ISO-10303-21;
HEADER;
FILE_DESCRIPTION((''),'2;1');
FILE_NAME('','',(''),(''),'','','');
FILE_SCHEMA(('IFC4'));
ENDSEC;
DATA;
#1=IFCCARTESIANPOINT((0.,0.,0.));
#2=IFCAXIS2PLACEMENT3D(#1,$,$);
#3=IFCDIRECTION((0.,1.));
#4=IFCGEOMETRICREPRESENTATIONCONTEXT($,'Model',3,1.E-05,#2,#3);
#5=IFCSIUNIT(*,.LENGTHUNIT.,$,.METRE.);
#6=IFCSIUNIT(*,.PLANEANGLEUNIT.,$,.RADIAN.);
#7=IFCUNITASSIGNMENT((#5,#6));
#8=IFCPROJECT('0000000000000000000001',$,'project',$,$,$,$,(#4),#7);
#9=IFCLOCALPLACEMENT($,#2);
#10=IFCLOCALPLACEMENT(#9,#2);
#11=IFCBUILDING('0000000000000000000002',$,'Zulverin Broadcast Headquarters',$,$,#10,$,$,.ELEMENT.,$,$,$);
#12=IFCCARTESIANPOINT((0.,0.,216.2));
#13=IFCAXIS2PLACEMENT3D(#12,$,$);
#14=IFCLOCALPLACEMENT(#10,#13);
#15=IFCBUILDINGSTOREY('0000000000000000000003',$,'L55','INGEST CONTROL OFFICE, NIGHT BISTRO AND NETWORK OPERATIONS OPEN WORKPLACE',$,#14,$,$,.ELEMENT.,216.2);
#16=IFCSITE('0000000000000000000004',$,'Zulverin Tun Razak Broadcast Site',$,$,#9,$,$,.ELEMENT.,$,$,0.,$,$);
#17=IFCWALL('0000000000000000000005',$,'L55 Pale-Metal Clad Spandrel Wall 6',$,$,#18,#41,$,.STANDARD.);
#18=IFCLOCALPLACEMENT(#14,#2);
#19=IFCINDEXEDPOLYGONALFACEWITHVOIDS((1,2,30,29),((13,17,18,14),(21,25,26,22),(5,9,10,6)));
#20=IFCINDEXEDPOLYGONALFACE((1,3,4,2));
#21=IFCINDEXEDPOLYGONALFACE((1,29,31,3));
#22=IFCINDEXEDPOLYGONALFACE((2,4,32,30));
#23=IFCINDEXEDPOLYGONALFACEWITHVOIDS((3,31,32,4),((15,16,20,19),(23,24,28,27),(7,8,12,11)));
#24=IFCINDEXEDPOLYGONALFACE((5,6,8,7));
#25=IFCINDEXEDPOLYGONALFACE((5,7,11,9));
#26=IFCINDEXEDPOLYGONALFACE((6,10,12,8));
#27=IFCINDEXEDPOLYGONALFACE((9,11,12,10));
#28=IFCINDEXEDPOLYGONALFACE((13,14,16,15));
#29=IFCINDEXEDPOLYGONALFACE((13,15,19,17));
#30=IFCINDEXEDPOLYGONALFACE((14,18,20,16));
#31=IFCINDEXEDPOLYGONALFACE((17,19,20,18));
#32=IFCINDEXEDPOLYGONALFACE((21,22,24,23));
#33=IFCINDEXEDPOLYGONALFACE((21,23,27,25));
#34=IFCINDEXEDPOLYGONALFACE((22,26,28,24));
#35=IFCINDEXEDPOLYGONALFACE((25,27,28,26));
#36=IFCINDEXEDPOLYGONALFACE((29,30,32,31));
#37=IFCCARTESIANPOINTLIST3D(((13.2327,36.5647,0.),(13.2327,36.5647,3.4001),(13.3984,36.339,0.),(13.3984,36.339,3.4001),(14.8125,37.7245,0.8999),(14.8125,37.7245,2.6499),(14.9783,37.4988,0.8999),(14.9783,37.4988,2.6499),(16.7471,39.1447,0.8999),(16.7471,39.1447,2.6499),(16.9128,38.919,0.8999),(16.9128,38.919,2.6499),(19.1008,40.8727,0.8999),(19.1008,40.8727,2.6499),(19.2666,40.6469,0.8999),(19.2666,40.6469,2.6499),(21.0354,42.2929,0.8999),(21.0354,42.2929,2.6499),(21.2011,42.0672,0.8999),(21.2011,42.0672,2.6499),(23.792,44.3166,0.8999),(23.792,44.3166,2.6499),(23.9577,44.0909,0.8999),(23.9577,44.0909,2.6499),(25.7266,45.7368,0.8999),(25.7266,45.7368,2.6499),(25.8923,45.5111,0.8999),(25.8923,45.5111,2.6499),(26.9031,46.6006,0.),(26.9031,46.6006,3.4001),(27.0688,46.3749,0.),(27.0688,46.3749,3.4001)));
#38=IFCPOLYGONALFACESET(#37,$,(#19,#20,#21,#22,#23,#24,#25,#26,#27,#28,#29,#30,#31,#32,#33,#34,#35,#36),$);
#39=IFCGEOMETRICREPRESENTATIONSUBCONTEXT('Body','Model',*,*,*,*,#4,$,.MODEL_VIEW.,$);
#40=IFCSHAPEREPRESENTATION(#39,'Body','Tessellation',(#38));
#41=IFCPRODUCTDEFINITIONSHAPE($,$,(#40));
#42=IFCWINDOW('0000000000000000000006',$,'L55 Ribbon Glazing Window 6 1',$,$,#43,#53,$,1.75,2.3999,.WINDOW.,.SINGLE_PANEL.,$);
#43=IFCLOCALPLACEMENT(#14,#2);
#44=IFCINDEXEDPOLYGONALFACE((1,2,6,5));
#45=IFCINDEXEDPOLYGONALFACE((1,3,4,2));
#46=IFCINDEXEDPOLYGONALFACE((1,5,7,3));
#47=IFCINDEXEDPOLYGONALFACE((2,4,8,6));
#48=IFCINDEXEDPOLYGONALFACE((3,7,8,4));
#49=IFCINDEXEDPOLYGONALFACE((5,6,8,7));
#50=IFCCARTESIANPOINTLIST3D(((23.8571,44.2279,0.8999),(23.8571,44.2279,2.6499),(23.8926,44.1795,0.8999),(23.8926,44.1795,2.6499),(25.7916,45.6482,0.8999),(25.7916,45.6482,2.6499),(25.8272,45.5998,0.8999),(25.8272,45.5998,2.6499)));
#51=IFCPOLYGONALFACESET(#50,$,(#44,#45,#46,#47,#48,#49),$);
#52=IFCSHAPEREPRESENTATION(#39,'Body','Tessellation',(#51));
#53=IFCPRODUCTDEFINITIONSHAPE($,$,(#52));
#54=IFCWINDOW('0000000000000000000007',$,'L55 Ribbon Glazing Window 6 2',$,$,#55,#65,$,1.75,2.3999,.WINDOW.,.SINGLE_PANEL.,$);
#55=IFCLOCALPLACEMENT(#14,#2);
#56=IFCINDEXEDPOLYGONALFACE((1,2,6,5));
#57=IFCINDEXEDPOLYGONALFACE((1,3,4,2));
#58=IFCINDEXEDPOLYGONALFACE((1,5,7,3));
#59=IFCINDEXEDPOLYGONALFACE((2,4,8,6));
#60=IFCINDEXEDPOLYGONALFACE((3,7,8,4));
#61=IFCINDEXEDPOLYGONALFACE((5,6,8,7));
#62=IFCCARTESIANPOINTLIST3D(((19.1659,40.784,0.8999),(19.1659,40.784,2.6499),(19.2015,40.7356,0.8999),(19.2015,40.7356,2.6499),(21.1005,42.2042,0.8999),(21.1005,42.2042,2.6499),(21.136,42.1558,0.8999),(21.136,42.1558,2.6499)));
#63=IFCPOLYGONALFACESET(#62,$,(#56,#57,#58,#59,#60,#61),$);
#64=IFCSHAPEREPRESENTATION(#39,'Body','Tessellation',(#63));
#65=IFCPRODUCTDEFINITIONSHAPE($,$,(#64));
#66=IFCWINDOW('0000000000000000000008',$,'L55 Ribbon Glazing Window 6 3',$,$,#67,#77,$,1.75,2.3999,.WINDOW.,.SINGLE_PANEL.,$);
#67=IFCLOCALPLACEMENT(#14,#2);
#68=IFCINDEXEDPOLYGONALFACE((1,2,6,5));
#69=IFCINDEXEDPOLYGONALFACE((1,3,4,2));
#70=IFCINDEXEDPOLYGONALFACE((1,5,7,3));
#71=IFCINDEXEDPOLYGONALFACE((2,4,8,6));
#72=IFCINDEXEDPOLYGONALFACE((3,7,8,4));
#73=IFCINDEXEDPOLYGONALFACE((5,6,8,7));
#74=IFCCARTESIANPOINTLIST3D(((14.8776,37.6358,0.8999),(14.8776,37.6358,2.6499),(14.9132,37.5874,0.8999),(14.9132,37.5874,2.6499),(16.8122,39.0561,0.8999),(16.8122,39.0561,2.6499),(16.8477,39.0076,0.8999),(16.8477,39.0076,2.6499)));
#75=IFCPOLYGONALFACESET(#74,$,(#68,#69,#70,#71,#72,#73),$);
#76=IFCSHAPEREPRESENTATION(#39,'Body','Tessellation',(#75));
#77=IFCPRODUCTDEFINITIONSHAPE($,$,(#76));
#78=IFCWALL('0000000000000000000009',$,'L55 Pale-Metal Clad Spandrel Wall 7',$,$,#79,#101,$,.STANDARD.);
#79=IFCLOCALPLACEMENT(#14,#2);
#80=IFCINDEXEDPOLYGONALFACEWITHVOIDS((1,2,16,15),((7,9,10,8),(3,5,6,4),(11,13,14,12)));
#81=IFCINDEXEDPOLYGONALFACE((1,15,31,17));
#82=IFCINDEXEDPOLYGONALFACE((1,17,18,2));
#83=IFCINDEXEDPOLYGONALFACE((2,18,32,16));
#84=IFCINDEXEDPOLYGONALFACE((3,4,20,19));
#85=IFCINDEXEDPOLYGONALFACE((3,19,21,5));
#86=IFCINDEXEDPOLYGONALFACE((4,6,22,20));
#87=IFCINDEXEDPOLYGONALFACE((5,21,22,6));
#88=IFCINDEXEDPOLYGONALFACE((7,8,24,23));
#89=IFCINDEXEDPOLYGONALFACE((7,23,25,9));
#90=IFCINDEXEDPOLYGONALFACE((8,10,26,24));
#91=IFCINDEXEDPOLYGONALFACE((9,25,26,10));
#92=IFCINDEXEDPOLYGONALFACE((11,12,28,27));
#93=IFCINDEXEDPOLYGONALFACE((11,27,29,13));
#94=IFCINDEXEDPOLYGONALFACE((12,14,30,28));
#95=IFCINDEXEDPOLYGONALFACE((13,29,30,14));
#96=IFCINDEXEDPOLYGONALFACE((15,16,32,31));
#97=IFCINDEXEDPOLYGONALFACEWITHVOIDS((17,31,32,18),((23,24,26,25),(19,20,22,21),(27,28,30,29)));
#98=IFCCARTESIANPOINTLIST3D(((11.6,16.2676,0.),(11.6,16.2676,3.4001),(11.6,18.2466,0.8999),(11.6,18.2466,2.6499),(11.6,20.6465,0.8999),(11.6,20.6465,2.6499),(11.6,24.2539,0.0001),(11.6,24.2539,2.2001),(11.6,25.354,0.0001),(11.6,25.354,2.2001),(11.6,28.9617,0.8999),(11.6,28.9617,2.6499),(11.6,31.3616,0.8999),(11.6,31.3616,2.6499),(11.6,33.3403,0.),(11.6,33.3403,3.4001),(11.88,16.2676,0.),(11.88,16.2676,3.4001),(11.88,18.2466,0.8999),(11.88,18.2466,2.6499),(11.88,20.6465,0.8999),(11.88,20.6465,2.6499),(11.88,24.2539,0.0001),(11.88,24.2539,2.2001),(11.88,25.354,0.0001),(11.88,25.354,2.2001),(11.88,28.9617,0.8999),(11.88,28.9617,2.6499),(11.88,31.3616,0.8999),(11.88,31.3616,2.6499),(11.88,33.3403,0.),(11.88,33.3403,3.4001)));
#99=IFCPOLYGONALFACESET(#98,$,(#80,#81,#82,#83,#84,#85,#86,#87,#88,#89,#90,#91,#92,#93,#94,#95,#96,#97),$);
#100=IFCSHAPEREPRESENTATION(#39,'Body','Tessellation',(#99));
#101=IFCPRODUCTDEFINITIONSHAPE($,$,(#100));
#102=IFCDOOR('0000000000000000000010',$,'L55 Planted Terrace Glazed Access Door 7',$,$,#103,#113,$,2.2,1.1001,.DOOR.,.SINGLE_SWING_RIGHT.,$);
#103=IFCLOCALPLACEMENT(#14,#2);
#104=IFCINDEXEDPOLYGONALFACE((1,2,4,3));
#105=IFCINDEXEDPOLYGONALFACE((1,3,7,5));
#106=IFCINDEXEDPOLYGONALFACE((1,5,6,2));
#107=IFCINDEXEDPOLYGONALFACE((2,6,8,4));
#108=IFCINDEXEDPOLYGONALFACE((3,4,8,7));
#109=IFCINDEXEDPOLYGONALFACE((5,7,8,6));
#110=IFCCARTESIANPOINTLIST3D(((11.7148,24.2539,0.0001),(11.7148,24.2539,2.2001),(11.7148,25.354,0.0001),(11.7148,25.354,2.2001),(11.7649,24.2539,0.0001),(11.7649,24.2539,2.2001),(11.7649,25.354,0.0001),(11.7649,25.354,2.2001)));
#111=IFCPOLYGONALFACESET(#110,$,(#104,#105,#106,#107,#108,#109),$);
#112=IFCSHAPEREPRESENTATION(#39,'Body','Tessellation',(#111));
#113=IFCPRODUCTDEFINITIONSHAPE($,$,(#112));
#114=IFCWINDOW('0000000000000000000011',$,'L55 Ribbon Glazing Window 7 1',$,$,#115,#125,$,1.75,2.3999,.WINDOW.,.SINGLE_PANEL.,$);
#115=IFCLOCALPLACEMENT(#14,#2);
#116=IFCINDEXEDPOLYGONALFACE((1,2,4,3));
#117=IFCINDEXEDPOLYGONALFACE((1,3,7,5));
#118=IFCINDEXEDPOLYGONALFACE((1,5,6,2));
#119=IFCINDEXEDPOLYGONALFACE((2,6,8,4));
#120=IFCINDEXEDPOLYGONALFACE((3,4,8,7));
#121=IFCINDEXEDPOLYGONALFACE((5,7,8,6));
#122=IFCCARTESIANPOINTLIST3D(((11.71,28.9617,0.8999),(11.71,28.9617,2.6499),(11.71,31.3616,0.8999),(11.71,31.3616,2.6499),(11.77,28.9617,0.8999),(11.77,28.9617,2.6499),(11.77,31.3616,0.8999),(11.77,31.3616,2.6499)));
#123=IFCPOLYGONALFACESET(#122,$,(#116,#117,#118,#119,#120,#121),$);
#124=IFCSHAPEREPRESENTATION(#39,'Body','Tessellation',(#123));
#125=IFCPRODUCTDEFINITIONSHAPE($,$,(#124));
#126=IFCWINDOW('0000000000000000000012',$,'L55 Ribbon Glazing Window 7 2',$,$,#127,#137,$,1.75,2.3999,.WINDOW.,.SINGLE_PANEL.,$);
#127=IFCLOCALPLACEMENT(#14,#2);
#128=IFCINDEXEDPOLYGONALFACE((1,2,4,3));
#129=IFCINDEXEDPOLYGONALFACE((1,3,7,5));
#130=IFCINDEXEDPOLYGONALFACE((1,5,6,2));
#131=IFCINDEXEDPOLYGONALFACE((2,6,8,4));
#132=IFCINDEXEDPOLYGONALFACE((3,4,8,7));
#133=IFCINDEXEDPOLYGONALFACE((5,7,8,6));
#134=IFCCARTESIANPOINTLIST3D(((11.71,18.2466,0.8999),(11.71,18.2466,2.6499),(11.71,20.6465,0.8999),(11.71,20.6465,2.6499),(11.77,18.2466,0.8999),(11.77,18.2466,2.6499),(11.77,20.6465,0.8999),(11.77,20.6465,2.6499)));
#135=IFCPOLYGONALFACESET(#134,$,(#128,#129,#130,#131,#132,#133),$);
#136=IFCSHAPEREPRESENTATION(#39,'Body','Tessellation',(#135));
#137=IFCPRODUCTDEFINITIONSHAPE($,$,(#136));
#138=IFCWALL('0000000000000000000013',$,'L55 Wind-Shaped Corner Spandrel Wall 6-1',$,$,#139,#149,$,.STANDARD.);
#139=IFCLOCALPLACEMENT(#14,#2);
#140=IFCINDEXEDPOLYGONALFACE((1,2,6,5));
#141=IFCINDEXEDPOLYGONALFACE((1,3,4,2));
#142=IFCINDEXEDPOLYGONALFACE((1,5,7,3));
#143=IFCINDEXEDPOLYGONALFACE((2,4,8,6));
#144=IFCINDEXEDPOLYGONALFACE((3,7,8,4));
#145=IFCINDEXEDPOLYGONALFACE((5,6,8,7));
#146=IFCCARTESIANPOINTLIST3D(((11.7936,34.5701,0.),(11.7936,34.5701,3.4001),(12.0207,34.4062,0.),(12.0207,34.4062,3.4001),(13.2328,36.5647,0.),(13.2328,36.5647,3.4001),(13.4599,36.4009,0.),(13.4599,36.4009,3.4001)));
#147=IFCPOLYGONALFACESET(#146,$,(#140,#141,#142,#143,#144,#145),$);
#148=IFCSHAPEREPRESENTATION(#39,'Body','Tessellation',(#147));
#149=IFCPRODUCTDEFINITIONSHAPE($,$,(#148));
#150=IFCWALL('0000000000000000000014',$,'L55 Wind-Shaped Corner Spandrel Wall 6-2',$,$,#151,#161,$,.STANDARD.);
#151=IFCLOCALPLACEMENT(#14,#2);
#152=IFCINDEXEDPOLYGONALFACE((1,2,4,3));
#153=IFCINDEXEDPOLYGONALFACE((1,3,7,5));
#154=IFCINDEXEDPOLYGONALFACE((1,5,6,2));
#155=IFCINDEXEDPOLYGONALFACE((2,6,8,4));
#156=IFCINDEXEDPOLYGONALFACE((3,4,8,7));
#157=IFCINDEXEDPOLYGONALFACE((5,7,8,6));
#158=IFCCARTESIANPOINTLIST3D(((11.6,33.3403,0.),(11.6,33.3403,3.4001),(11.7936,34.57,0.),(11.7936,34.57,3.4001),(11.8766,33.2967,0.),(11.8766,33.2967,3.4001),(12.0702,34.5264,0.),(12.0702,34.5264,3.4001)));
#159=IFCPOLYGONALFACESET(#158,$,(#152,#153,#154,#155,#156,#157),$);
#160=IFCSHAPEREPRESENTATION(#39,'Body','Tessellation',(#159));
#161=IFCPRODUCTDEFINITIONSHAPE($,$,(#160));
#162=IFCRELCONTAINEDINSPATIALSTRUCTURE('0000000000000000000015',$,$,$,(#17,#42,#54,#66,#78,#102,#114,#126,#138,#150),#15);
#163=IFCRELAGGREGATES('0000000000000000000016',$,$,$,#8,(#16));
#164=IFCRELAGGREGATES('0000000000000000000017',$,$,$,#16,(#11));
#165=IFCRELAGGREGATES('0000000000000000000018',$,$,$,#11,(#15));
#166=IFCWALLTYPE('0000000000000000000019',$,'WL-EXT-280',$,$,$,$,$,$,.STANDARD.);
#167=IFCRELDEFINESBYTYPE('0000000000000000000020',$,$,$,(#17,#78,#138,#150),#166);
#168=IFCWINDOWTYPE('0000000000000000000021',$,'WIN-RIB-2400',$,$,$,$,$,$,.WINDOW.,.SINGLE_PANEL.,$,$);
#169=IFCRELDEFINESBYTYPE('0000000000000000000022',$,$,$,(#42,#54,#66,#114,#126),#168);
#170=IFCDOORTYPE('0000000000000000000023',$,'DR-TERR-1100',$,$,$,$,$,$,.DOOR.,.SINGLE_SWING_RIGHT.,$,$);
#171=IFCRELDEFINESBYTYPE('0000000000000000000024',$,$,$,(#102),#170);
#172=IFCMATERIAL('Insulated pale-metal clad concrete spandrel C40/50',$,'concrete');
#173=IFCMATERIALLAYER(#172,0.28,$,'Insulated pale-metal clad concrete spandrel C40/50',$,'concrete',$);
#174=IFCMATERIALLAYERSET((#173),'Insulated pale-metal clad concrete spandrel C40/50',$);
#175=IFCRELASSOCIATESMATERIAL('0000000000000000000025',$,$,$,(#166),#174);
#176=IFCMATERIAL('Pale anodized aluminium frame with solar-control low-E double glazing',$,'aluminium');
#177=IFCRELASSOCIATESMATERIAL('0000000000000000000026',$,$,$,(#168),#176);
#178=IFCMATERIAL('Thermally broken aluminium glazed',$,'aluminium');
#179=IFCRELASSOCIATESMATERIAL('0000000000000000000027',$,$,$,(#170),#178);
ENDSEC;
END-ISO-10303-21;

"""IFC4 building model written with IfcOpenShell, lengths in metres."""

from ifc_helpers import new_model, si_unit, direction, frame, frame_2d, origin, place, context, subcontext, project, spatial, rectangle, extrude, material, layer, layer_set, type_object, element, fill, save


model = new_model("IFC4")

# Units and contexts
model_context = context("Model", 3, precision=1e-05, world=origin(), true_north=direction((0.0, 1.0)))
body_context = subcontext(model_context, "Body", "Model", "MODEL_VIEW")
ifc_project = project(units=[si_unit("LENGTHUNIT", "METRE"), si_unit("PLANEANGLEUNIT", "RADIAN")], contexts=[model_context])

# Site, building, storey
site_placement = place(None, origin())
site = spatial("IfcSite", under=ifc_project, at=site_placement, Name="Zulverin Tun Razak Broadcast Site", CompositionType="ELEMENT", RefElevation=0.0)
building_placement = place(site_placement, origin())
building = spatial("IfcBuilding", under=site, at=building_placement, Name="Zulverin Broadcast Headquarters", CompositionType="ELEMENT")
storey_placement = place(building_placement, frame((0.0, 0.0, 216.2)))
storey = spatial("IfcBuildingStorey", under=building, at=storey_placement, Name="L55", Description="INGEST CONTROL OFFICE, NIGHT BISTRO AND NETWORK OPERATIONS OPEN WORKPLACE", CompositionType="ELEMENT", Elevation=216.2)

# Wall, openings, windows
ifc_material_1 = material(Name="Insulated pale-metal clad concrete spandrel C40/50", Category="concrete")
ifc_layer_1 = layer(ifc_material_1, 0.28, Name="Insulated pale-metal clad concrete spandrel C40/50", Category="concrete")
ifc_layer_set_1 = layer_set([ifc_layer_1], Name="Insulated pale-metal clad concrete spandrel C40/50")
wall_type_1 = type_object("IfcWallType", Name="WL-EXT-280", PredefinedType="STANDARD", material=ifc_layer_set_1)
wall_1_placement = place(storey_placement, frame((26.9861, 46.4878, 0.0), z_axis=(0.0, 0.0, 1.0), x_axis=(-0.806098, -0.591782, 0.0)))
wall_1 = element("IfcWall", 1, at=wall_1_placement, inside=storey, type_object=wall_type_1, Name="L55 Pale-Metal Clad Spandrel Wall 6", PredefinedType="STANDARD", context=body_context, shape_type="SweptSolid", body=[
    extrude(rectangle(XDim=16.9587, YDim=0.28, at=frame_2d((8.4795, 0.0))), origin(), (0.0, 0.0, 1.0), 3.4001),
])
opening_1_placement = place(wall_1_placement, frame((1.4597, 0.0, 0.8999)))
opening_1 = element("IfcOpeningElement", 2, at=opening_1_placement, cuts=wall_1, PredefinedType="OPENING", context=body_context, shape_type="SweptSolid", body=[
    extrude(rectangle(XDim=2.3999, YDim=1.75, at=frame_2d((1.2, 0.875))), frame((0.0, 0.1499, 0.0), z_axis=(0.0, -1.0, 0.0), x_axis=(1.0, 0.0, 0.0)), (0.0, 0.0, 1.0), 0.3),
])
opening_2_placement = place(wall_1_placement, frame((7.2793, 0.0, 0.8999)))
opening_2 = element("IfcOpeningElement", 3, at=opening_2_placement, cuts=wall_1, PredefinedType="OPENING", context=body_context, shape_type="SweptSolid", body=[
    extrude(rectangle(XDim=2.3999, YDim=1.75, at=frame_2d((1.2, 0.875))), frame((0.0, 0.1499, 0.0), z_axis=(0.0, -1.0, 0.0), x_axis=(1.0, 0.0, 0.0)), (0.0, 0.0, 1.0), 0.3),
])
opening_3_placement = place(wall_1_placement, frame((12.5991, 0.0, 0.8999)))
opening_3 = element("IfcOpeningElement", 4, at=opening_3_placement, cuts=wall_1, PredefinedType="OPENING", context=body_context, shape_type="SweptSolid", body=[
    extrude(rectangle(XDim=2.3999, YDim=1.75, at=frame_2d((1.2, 0.875))), frame((0.0, 0.1499, 0.0), z_axis=(0.0, -1.0, 0.0), x_axis=(1.0, 0.0, 0.0)), (0.0, 0.0, 1.0), 0.3),
])
ifc_material_2 = material(Name="Pale anodized aluminium frame with solar-control low-E double glazing", Category="aluminium")
window_type = type_object("IfcWindowType", Name="WIN-RIB-2400", PartitioningType="SINGLE_PANEL", PredefinedType="WINDOW", material=ifc_material_2)
window_1_placement = place(opening_1_placement, origin())
window_1 = element("IfcWindow", 5, at=window_1_placement, inside=storey, type_object=window_type, Name="L55 Ribbon Glazing Window 6 1", OverallHeight=1.75, OverallWidth=2.3999, PartitioningType="SINGLE_PANEL", PredefinedType="WINDOW", context=body_context, shape_type="SweptSolid", body=[
    extrude(rectangle(XDim=2.3999, YDim=1.75, at=frame_2d((1.2, 0.875))), frame((0.0, 0.03, 0.0), z_axis=(0.0, -1.0, 0.0), x_axis=(1.0, 0.0, 0.0)), (0.0, 0.0, 1.0), 0.0601),
])
fill(opening_1, window_1)
window_2_placement = place(opening_2_placement, origin())
window_2 = element("IfcWindow", 6, at=window_2_placement, inside=storey, type_object=window_type, Name="L55 Ribbon Glazing Window 6 2", OverallHeight=1.75, OverallWidth=2.3999, PartitioningType="SINGLE_PANEL", PredefinedType="WINDOW", context=body_context, shape_type="SweptSolid", body=[
    extrude(rectangle(XDim=2.3999, YDim=1.75, at=frame_2d((1.2, 0.875))), frame((0.0, 0.03, 0.0), z_axis=(0.0, -1.0, 0.0), x_axis=(1.0, 0.0, 0.0)), (0.0, 0.0, 1.0), 0.0601),
])
fill(opening_2, window_2)
window_3_placement = place(opening_3_placement, origin())
window_3 = element("IfcWindow", 7, at=window_3_placement, inside=storey, type_object=window_type, Name="L55 Ribbon Glazing Window 6 3", OverallHeight=1.75, OverallWidth=2.3999, PartitioningType="SINGLE_PANEL", PredefinedType="WINDOW", context=body_context, shape_type="SweptSolid", body=[
    extrude(rectangle(XDim=2.3999, YDim=1.75, at=frame_2d((1.2, 0.875))), frame((0.0, 0.03, 0.0), z_axis=(0.0, -1.0, 0.0), x_axis=(1.0, 0.0, 0.0)), (0.0, 0.0, 1.0), 0.0601),
])
fill(opening_3, window_3)

# Wall, openings, door, windows
wall_2_placement = place(storey_placement, frame((11.74, 33.3403, 0.0), z_axis=(0.0, 0.0, 1.0), x_axis=(0.0, -1.0, 0.0)))
wall_2 = element("IfcWall", 8, at=wall_2_placement, inside=storey, type_object=wall_type_1, Name="L55 Pale-Metal Clad Spandrel Wall 7", PredefinedType="STANDARD", context=body_context, shape_type="SweptSolid", body=[
    extrude(rectangle(XDim=17.0728, YDim=0.28, at=frame_2d((8.5364, 0.0))), origin(), (0.0, 0.0, 1.0), 3.4001),
])
opening_4_placement = place(wall_2_placement, frame((7.9863, 0.0, 0.0)))
opening_4 = element("IfcOpeningElement", 9, at=opening_4_placement, cuts=wall_2, PredefinedType="OPENING", context=body_context, shape_type="SweptSolid", body=[
    extrude(rectangle(XDim=1.1001, YDim=2.2, at=frame_2d((0.55, 1.1001))), frame((0.0, 0.1499, 0.0), z_axis=(0.0, -1.0, 0.0), x_axis=(1.0, 0.0, 0.0)), (0.0, 0.0, 1.0), 0.3),
])
opening_5_placement = place(wall_2_placement, frame((1.9788, 0.0, 0.8999)))
opening_5 = element("IfcOpeningElement", 10, at=opening_5_placement, cuts=wall_2, PredefinedType="OPENING", context=body_context, shape_type="SweptSolid", body=[
    extrude(rectangle(XDim=2.3999, YDim=1.75, at=frame_2d((1.2, 0.875))), frame((0.0, 0.1499, 0.0), z_axis=(0.0, -1.0, 0.0), x_axis=(1.0, 0.0, 0.0)), (0.0, 0.0, 1.0), 0.3),
])
opening_6_placement = place(wall_2_placement, frame((12.6938, 0.0, 0.8999)))
opening_6 = element("IfcOpeningElement", 11, at=opening_6_placement, cuts=wall_2, PredefinedType="OPENING", context=body_context, shape_type="SweptSolid", body=[
    extrude(rectangle(XDim=2.3999, YDim=1.75, at=frame_2d((1.2, 0.875))), frame((0.0, 0.1499, 0.0), z_axis=(0.0, -1.0, 0.0), x_axis=(1.0, 0.0, 0.0)), (0.0, 0.0, 1.0), 0.3),
])
ifc_material_3 = material(Name="Thermally broken aluminium glazed", Category="aluminium")
door_type_1 = type_object("IfcDoorType", Name="DR-TERR-1100", OperationType="SINGLE_SWING_RIGHT", PredefinedType="DOOR", material=ifc_material_3)
door_1_placement = place(opening_4_placement, origin())
door_1 = element("IfcDoor", 12, at=door_1_placement, inside=storey, type_object=door_type_1, Name="L55 Planted Terrace Glazed Access Door 7", OperationType="SINGLE_SWING_RIGHT", OverallHeight=2.2, OverallWidth=1.1001, PredefinedType="DOOR", context=body_context, shape_type="SweptSolid", body=[
    extrude(rectangle(XDim=1.1001, YDim=2.2, at=frame_2d((0.55, 1.1001))), frame((0.0, 0.0249, 0.0), z_axis=(0.0, -1.0, 0.0), x_axis=(1.0, 0.0, 0.0)), (0.0, 0.0, 1.0), 0.05),
])
fill(opening_4, door_1)
window_4_placement = place(opening_5_placement, origin())
window_4 = element("IfcWindow", 13, at=window_4_placement, inside=storey, type_object=window_type, Name="L55 Ribbon Glazing Window 7 1", OverallHeight=1.75, OverallWidth=2.3999, PartitioningType="SINGLE_PANEL", PredefinedType="WINDOW", context=body_context, shape_type="SweptSolid", body=[
    extrude(rectangle(XDim=2.3999, YDim=1.75, at=frame_2d((1.2, 0.875))), frame((0.0, 0.03, 0.0), z_axis=(0.0, -1.0, 0.0), x_axis=(1.0, 0.0, 0.0)), (0.0, 0.0, 1.0), 0.0601),
])
fill(opening_5, window_4)
window_5_placement = place(opening_6_placement, origin())
window_5 = element("IfcWindow", 14, at=window_5_placement, inside=storey, type_object=window_type, Name="L55 Ribbon Glazing Window 7 2", OverallHeight=1.75, OverallWidth=2.3999, PartitioningType="SINGLE_PANEL", PredefinedType="WINDOW", context=body_context, shape_type="SweptSolid", body=[
    extrude(rectangle(XDim=2.3999, YDim=1.75, at=frame_2d((1.2, 0.875))), frame((0.0, 0.03, 0.0), z_axis=(0.0, -1.0, 0.0), x_axis=(1.0, 0.0, 0.0)), (0.0, 0.0, 1.0), 0.0601),
])
fill(opening_6, window_5)

# Walls
wall_3_placement = place(storey_placement, frame((13.3464, 36.4829, 0.0), z_axis=(0.0, 0.0, 1.0), x_axis=(-0.585128, -0.810941, 0.0)))
element("IfcWall", 15, at=wall_3_placement, inside=storey, type_object=wall_type_1, Name="L55 Wind-Shaped Corner Spandrel Wall 6-1", PredefinedType="STANDARD", context=body_context, shape_type="SweptSolid", body=[
    extrude(rectangle(XDim=2.4597, YDim=0.28, at=frame_2d((1.23, 0.0))), origin(), (0.0, 0.0, 1.0), 3.4001),
])
wall_4_placement = place(storey_placement, frame((11.9319, 34.5483, 0.0), z_axis=(0.0, 0.0, 1.0), x_axis=(-0.155519, -0.987833, 0.0)))
element("IfcWall", 16, at=wall_4_placement, inside=storey, type_object=wall_type_1, Name="L55 Wind-Shaped Corner Spandrel Wall 6-2", PredefinedType="STANDARD", context=body_context, shape_type="SweptSolid", body=[
    extrude(rectangle(XDim=1.2449, YDim=0.28, at=frame_2d((0.6226, 0.0))), origin(), (0.0, 0.0, 1.0), 3.4001),
])

save(model, "model.ifc")
